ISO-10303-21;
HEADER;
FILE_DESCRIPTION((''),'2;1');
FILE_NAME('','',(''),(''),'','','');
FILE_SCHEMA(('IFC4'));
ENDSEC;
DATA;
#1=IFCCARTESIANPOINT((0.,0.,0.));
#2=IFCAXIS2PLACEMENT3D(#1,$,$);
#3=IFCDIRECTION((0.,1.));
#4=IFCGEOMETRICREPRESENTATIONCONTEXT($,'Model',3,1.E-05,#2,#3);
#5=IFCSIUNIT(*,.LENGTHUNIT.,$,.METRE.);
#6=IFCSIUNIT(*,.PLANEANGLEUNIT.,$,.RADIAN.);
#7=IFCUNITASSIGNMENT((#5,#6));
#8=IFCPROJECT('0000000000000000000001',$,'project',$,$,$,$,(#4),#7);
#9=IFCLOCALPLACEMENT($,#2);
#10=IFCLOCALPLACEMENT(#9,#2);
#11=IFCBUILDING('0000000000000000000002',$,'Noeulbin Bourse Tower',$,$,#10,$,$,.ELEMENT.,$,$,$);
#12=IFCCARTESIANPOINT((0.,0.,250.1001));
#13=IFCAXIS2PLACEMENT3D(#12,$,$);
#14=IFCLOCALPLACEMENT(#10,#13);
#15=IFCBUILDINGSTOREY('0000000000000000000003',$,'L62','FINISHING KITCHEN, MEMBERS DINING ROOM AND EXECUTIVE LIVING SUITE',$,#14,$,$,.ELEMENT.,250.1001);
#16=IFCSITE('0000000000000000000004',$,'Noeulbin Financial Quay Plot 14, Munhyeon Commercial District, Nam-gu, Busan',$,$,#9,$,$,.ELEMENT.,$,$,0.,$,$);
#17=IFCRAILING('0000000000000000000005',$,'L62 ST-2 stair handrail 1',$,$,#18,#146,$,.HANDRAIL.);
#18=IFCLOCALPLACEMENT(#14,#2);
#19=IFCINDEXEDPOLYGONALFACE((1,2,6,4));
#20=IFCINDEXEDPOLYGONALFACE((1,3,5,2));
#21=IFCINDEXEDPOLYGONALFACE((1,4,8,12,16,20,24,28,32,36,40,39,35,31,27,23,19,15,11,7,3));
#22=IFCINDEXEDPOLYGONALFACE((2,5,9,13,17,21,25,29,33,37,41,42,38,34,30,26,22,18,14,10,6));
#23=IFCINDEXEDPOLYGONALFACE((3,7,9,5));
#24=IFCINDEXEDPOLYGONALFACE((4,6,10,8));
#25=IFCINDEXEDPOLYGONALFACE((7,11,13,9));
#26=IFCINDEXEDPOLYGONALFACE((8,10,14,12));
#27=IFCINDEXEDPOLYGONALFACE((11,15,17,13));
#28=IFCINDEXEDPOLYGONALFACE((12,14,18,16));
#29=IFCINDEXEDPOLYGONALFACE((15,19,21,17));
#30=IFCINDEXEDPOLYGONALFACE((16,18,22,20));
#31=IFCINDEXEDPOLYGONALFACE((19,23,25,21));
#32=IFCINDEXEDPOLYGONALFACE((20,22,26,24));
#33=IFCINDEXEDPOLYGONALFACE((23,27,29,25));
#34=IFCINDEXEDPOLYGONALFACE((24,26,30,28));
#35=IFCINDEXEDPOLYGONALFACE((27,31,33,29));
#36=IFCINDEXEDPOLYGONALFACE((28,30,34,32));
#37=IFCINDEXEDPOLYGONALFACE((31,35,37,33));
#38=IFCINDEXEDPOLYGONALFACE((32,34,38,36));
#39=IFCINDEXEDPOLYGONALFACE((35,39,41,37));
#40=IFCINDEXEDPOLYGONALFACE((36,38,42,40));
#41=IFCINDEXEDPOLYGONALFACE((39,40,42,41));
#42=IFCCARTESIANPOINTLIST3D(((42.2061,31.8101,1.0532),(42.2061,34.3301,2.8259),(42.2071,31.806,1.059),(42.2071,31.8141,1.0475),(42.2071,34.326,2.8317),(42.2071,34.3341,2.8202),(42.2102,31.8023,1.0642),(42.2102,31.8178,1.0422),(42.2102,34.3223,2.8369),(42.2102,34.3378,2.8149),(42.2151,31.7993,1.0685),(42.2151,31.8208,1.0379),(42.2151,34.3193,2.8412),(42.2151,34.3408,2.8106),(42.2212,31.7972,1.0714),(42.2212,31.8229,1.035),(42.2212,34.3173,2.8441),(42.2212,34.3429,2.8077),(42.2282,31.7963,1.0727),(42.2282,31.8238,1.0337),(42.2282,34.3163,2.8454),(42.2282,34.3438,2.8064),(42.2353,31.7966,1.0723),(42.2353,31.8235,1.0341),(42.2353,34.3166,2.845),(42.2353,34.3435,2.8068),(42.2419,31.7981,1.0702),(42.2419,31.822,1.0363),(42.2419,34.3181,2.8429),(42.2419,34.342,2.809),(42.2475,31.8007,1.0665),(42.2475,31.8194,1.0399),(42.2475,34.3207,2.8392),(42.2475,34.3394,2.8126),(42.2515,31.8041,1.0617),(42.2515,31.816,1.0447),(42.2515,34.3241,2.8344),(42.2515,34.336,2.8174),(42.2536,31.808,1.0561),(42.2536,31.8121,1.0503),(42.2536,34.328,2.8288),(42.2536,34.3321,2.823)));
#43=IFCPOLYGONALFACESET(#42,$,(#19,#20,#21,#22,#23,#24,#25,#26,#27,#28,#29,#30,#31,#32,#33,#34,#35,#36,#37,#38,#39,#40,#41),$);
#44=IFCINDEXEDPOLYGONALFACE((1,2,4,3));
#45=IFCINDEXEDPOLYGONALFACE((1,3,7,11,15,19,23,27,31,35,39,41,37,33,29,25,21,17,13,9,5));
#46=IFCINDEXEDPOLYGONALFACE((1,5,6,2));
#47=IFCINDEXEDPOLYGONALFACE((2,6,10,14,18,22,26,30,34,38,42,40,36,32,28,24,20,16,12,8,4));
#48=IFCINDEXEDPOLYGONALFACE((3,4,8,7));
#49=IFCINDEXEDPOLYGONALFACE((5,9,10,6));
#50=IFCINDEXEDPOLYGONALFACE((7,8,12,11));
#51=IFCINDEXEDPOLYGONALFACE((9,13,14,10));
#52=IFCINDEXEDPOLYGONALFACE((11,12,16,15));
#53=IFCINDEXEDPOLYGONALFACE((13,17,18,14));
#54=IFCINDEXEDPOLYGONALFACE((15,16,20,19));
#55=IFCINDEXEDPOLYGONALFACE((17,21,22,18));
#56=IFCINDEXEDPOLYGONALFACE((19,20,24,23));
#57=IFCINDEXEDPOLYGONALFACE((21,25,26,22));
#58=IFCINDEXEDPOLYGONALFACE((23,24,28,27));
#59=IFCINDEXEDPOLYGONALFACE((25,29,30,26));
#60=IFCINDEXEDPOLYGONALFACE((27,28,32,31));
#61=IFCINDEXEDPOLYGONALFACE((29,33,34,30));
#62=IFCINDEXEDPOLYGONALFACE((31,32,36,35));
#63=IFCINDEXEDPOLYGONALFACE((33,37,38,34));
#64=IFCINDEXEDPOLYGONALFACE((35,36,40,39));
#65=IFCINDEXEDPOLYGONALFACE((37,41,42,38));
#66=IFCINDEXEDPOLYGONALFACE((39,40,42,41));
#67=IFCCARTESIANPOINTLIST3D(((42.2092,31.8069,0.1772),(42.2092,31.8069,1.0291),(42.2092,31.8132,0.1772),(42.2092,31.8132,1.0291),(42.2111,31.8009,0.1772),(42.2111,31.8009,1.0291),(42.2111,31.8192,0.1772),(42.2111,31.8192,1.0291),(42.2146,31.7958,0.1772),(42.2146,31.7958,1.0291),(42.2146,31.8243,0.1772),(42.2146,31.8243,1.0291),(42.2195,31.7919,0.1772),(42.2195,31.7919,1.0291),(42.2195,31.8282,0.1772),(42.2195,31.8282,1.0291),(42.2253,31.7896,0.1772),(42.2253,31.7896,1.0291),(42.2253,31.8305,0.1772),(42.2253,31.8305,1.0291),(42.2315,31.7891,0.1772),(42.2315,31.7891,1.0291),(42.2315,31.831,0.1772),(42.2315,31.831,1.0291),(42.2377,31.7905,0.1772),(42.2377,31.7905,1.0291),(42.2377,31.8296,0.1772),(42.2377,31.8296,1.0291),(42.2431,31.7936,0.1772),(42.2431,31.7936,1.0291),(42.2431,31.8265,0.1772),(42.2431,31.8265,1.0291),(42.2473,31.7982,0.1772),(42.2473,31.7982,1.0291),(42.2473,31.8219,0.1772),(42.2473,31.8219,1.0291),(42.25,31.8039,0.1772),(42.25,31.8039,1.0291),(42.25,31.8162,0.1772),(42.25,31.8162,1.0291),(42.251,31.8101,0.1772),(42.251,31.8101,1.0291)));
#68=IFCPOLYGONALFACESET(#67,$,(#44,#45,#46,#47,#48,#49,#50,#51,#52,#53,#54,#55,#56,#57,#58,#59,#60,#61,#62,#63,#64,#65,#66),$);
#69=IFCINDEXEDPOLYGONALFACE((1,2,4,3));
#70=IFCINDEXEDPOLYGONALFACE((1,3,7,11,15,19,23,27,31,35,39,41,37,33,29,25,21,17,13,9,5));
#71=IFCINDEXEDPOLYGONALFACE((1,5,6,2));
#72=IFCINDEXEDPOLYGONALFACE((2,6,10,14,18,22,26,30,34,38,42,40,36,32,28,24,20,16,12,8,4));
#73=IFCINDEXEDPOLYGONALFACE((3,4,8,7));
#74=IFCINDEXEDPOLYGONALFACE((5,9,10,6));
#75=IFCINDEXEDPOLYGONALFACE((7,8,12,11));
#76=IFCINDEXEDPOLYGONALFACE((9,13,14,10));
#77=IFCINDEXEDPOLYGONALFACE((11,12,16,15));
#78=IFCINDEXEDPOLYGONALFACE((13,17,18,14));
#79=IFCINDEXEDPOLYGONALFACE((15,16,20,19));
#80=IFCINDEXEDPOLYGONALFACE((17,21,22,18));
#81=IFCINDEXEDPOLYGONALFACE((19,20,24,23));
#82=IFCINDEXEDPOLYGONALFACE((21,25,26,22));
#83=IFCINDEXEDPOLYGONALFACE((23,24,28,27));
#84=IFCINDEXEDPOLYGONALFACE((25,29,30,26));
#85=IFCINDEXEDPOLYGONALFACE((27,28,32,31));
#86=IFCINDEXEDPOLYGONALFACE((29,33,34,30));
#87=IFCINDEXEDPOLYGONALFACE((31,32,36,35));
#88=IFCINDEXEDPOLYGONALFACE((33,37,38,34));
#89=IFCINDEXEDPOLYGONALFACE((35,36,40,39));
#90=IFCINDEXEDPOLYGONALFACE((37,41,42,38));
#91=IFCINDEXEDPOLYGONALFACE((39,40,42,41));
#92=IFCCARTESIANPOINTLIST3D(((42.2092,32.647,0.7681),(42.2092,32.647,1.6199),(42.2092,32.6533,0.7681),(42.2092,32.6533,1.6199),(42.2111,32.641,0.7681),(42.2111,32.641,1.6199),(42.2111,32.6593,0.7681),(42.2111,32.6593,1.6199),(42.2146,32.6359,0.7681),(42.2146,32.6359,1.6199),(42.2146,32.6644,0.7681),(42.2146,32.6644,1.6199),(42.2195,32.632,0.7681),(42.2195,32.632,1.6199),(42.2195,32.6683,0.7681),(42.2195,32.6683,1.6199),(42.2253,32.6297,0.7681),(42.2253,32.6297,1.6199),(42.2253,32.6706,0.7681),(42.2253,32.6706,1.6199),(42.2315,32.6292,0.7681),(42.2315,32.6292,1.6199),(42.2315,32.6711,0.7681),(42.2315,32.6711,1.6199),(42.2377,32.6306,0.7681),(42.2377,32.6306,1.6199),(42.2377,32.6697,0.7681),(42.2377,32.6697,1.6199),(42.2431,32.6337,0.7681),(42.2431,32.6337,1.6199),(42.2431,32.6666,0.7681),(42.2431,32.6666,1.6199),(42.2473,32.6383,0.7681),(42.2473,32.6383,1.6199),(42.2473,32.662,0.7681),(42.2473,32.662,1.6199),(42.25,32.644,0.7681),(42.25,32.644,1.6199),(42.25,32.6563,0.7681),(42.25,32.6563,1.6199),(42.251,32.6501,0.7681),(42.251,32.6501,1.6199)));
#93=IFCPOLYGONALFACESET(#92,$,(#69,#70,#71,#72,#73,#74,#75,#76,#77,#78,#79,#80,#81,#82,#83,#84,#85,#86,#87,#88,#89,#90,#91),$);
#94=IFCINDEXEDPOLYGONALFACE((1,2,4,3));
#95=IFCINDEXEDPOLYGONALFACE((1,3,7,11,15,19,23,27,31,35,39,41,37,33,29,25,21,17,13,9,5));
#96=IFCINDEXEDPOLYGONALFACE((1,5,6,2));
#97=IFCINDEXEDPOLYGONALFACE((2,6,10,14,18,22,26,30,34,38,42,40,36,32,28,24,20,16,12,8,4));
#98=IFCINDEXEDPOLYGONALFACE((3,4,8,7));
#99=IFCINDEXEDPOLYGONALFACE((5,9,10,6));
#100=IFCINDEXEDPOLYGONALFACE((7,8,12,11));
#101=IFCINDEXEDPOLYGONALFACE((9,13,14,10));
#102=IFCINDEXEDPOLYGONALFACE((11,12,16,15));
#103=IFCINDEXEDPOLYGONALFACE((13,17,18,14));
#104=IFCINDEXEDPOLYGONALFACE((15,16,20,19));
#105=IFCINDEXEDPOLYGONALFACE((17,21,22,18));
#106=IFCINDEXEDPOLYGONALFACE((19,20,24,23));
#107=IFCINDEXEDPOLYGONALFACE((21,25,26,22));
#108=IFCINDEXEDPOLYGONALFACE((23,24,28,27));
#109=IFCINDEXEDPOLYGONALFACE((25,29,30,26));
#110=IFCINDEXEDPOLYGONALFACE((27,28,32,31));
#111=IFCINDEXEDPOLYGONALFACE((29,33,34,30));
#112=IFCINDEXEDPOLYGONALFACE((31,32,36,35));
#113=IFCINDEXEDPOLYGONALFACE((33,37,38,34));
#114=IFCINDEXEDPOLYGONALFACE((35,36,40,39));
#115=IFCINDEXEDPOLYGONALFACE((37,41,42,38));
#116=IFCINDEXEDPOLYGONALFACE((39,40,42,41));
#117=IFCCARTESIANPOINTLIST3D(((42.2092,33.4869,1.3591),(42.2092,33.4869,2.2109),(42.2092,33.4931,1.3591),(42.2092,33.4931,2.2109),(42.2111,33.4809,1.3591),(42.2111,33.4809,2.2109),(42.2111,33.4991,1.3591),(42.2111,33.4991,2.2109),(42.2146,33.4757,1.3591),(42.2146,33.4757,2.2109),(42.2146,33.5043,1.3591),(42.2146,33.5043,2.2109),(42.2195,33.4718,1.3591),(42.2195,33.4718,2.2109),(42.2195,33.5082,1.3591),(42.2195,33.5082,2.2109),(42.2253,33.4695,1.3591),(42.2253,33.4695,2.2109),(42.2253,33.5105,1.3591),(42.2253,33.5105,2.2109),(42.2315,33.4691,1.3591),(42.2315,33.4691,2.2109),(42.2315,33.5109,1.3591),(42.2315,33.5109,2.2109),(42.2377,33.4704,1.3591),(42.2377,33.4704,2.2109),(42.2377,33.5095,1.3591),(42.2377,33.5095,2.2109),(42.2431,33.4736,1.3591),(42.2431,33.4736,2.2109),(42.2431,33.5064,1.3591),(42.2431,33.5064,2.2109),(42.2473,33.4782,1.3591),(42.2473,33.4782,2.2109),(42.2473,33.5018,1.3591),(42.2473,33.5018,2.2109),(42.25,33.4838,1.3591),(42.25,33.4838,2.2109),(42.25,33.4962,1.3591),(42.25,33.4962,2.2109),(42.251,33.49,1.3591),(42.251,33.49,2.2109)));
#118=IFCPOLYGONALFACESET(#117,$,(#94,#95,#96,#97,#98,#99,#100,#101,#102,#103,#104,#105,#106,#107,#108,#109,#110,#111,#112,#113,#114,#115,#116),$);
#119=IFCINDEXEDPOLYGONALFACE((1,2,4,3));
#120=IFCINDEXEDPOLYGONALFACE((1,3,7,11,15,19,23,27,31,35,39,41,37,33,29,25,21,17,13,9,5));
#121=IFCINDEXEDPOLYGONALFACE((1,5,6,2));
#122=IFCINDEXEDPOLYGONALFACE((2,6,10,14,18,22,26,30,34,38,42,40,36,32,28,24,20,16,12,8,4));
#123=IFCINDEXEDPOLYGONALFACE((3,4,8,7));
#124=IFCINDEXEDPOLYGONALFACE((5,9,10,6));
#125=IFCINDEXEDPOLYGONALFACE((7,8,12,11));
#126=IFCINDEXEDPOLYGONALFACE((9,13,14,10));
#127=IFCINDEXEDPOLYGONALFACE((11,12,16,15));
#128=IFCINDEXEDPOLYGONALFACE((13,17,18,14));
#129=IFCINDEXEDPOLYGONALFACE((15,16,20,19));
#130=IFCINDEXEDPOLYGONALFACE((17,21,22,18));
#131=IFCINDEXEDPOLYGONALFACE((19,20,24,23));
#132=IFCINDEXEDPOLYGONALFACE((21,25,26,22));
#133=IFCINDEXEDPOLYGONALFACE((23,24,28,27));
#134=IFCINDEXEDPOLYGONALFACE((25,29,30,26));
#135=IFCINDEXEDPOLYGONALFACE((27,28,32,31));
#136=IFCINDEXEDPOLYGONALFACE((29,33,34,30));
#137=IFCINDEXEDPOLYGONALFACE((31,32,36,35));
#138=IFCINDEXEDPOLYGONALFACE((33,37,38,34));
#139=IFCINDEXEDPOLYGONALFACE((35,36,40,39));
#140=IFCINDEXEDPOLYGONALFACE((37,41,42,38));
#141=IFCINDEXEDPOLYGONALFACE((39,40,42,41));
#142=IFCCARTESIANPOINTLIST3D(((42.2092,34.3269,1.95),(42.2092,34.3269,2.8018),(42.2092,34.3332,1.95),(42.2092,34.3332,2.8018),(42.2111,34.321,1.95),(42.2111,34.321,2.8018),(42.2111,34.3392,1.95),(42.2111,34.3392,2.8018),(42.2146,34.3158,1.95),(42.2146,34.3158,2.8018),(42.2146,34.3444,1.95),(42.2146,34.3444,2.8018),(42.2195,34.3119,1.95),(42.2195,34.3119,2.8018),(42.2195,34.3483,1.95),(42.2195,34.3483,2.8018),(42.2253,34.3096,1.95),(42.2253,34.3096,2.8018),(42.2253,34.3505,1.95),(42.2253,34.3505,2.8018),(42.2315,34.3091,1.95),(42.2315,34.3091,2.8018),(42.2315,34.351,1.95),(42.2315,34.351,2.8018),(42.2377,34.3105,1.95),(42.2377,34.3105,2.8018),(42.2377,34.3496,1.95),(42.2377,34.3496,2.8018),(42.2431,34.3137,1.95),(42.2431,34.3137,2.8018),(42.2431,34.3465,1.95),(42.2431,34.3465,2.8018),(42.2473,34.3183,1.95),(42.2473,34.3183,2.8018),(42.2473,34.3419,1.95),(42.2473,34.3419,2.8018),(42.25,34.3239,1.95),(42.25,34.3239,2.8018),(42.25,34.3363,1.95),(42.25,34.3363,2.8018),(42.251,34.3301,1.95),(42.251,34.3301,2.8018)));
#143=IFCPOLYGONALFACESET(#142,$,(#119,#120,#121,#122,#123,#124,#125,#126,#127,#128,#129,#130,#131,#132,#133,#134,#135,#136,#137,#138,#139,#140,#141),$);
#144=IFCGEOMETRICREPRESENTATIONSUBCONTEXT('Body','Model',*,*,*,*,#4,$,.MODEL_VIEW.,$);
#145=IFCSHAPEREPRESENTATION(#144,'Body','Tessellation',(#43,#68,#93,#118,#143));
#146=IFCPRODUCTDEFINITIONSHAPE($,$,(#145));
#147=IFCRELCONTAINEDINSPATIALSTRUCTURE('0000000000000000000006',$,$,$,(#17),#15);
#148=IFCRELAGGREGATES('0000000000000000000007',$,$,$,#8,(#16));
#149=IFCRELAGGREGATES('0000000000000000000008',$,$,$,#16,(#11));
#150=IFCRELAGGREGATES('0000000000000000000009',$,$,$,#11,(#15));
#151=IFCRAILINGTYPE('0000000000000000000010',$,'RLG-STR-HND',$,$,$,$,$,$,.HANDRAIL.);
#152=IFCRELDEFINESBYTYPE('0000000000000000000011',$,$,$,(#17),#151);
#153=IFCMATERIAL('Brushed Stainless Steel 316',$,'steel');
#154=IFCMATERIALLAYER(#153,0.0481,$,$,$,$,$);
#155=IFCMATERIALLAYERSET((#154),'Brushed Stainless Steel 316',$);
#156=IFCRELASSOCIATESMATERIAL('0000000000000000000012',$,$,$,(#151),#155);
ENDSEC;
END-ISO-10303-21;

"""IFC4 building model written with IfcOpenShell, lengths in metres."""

from ifc_helpers import new_model, si_unit, direction, frame, origin, origin_2d, place, context, subcontext, project, spatial, circle, extrude, material, layer, layer_set, type_object, element, save


model = new_model("IFC4")

# Units and contexts
model_context = context("Model", 3, precision=1e-05, world=origin(), true_north=direction((0.0, 1.0)))
body_context = subcontext(model_context, "Body", "Model", "MODEL_VIEW")
ifc_project = project(units=[si_unit("LENGTHUNIT", "METRE"), si_unit("PLANEANGLEUNIT", "RADIAN")], contexts=[model_context])

# Site, building, storey
site_placement = place(None, origin())
site = spatial("IfcSite", under=ifc_project, at=site_placement, Name="Noeulbin Financial Quay Plot 14, Munhyeon Commercial District, Nam-gu, Busan", CompositionType="ELEMENT", RefElevation=0.0)
building_placement = place(site_placement, origin())
building = spatial("IfcBuilding", under=site, at=building_placement, Name="Noeulbin Bourse Tower", CompositionType="ELEMENT")
storey_placement = place(building_placement, frame((0.0, 0.0, 250.1001)))
storey = spatial("IfcBuildingStorey", under=building, at=storey_placement, Name="L62", Description="FINISHING KITCHEN, MEMBERS DINING ROOM AND EXECUTIVE LIVING SUITE", CompositionType="ELEMENT", Elevation=250.1001)

# Railing
ifc_material_1 = material(Name="Brushed Stainless Steel 316", Category="steel")
ifc_layer_1 = layer(ifc_material_1, 0.0481)
ifc_layer_set_1 = layer_set([ifc_layer_1], Name="Brushed Stainless Steel 316")
railing_type_1 = type_object("IfcRailingType", Name="RLG-STR-HND", PredefinedType="HANDRAIL", material=ifc_layer_set_1)
railing_1_placement = place(storey_placement, frame((42.23, 31.8101, 0.1772)))
element("IfcRailing", 1, at=railing_1_placement, inside=storey, type_object=railing_type_1, Name="L62 ST-2 stair handrail 1", PredefinedType="HANDRAIL", context=body_context, shape_type="SweptSolid", body=[
    extrude(circle(Radius=0.0239, at=origin_2d()), frame((0.0, 0.0, 0.876), z_axis=(0.0, 0.817904, 0.575354), x_axis=(-1.0, 0.0, 0.0)), (0.0, 0.0, 1.0), 3.0811),
    extrude(circle(Radius=0.021, at=origin_2d()), origin(), (0.0, 0.0, 1.0), 0.8518),
    extrude(circle(Radius=0.021, at=origin_2d()), frame((0.0, 0.8401, 0.5908)), (0.0, 0.0, 1.0), 0.8518),
    extrude(circle(Radius=0.021, at=origin_2d()), frame((0.0, 1.6799, 1.1819)), (0.0, 0.0, 1.0), 0.8518),
    extrude(circle(Radius=0.021, at=origin_2d()), frame((0.0, 2.52, 1.7727)), (0.0, 0.0, 1.0), 0.8518),
])

save(model, "model.ifc")
